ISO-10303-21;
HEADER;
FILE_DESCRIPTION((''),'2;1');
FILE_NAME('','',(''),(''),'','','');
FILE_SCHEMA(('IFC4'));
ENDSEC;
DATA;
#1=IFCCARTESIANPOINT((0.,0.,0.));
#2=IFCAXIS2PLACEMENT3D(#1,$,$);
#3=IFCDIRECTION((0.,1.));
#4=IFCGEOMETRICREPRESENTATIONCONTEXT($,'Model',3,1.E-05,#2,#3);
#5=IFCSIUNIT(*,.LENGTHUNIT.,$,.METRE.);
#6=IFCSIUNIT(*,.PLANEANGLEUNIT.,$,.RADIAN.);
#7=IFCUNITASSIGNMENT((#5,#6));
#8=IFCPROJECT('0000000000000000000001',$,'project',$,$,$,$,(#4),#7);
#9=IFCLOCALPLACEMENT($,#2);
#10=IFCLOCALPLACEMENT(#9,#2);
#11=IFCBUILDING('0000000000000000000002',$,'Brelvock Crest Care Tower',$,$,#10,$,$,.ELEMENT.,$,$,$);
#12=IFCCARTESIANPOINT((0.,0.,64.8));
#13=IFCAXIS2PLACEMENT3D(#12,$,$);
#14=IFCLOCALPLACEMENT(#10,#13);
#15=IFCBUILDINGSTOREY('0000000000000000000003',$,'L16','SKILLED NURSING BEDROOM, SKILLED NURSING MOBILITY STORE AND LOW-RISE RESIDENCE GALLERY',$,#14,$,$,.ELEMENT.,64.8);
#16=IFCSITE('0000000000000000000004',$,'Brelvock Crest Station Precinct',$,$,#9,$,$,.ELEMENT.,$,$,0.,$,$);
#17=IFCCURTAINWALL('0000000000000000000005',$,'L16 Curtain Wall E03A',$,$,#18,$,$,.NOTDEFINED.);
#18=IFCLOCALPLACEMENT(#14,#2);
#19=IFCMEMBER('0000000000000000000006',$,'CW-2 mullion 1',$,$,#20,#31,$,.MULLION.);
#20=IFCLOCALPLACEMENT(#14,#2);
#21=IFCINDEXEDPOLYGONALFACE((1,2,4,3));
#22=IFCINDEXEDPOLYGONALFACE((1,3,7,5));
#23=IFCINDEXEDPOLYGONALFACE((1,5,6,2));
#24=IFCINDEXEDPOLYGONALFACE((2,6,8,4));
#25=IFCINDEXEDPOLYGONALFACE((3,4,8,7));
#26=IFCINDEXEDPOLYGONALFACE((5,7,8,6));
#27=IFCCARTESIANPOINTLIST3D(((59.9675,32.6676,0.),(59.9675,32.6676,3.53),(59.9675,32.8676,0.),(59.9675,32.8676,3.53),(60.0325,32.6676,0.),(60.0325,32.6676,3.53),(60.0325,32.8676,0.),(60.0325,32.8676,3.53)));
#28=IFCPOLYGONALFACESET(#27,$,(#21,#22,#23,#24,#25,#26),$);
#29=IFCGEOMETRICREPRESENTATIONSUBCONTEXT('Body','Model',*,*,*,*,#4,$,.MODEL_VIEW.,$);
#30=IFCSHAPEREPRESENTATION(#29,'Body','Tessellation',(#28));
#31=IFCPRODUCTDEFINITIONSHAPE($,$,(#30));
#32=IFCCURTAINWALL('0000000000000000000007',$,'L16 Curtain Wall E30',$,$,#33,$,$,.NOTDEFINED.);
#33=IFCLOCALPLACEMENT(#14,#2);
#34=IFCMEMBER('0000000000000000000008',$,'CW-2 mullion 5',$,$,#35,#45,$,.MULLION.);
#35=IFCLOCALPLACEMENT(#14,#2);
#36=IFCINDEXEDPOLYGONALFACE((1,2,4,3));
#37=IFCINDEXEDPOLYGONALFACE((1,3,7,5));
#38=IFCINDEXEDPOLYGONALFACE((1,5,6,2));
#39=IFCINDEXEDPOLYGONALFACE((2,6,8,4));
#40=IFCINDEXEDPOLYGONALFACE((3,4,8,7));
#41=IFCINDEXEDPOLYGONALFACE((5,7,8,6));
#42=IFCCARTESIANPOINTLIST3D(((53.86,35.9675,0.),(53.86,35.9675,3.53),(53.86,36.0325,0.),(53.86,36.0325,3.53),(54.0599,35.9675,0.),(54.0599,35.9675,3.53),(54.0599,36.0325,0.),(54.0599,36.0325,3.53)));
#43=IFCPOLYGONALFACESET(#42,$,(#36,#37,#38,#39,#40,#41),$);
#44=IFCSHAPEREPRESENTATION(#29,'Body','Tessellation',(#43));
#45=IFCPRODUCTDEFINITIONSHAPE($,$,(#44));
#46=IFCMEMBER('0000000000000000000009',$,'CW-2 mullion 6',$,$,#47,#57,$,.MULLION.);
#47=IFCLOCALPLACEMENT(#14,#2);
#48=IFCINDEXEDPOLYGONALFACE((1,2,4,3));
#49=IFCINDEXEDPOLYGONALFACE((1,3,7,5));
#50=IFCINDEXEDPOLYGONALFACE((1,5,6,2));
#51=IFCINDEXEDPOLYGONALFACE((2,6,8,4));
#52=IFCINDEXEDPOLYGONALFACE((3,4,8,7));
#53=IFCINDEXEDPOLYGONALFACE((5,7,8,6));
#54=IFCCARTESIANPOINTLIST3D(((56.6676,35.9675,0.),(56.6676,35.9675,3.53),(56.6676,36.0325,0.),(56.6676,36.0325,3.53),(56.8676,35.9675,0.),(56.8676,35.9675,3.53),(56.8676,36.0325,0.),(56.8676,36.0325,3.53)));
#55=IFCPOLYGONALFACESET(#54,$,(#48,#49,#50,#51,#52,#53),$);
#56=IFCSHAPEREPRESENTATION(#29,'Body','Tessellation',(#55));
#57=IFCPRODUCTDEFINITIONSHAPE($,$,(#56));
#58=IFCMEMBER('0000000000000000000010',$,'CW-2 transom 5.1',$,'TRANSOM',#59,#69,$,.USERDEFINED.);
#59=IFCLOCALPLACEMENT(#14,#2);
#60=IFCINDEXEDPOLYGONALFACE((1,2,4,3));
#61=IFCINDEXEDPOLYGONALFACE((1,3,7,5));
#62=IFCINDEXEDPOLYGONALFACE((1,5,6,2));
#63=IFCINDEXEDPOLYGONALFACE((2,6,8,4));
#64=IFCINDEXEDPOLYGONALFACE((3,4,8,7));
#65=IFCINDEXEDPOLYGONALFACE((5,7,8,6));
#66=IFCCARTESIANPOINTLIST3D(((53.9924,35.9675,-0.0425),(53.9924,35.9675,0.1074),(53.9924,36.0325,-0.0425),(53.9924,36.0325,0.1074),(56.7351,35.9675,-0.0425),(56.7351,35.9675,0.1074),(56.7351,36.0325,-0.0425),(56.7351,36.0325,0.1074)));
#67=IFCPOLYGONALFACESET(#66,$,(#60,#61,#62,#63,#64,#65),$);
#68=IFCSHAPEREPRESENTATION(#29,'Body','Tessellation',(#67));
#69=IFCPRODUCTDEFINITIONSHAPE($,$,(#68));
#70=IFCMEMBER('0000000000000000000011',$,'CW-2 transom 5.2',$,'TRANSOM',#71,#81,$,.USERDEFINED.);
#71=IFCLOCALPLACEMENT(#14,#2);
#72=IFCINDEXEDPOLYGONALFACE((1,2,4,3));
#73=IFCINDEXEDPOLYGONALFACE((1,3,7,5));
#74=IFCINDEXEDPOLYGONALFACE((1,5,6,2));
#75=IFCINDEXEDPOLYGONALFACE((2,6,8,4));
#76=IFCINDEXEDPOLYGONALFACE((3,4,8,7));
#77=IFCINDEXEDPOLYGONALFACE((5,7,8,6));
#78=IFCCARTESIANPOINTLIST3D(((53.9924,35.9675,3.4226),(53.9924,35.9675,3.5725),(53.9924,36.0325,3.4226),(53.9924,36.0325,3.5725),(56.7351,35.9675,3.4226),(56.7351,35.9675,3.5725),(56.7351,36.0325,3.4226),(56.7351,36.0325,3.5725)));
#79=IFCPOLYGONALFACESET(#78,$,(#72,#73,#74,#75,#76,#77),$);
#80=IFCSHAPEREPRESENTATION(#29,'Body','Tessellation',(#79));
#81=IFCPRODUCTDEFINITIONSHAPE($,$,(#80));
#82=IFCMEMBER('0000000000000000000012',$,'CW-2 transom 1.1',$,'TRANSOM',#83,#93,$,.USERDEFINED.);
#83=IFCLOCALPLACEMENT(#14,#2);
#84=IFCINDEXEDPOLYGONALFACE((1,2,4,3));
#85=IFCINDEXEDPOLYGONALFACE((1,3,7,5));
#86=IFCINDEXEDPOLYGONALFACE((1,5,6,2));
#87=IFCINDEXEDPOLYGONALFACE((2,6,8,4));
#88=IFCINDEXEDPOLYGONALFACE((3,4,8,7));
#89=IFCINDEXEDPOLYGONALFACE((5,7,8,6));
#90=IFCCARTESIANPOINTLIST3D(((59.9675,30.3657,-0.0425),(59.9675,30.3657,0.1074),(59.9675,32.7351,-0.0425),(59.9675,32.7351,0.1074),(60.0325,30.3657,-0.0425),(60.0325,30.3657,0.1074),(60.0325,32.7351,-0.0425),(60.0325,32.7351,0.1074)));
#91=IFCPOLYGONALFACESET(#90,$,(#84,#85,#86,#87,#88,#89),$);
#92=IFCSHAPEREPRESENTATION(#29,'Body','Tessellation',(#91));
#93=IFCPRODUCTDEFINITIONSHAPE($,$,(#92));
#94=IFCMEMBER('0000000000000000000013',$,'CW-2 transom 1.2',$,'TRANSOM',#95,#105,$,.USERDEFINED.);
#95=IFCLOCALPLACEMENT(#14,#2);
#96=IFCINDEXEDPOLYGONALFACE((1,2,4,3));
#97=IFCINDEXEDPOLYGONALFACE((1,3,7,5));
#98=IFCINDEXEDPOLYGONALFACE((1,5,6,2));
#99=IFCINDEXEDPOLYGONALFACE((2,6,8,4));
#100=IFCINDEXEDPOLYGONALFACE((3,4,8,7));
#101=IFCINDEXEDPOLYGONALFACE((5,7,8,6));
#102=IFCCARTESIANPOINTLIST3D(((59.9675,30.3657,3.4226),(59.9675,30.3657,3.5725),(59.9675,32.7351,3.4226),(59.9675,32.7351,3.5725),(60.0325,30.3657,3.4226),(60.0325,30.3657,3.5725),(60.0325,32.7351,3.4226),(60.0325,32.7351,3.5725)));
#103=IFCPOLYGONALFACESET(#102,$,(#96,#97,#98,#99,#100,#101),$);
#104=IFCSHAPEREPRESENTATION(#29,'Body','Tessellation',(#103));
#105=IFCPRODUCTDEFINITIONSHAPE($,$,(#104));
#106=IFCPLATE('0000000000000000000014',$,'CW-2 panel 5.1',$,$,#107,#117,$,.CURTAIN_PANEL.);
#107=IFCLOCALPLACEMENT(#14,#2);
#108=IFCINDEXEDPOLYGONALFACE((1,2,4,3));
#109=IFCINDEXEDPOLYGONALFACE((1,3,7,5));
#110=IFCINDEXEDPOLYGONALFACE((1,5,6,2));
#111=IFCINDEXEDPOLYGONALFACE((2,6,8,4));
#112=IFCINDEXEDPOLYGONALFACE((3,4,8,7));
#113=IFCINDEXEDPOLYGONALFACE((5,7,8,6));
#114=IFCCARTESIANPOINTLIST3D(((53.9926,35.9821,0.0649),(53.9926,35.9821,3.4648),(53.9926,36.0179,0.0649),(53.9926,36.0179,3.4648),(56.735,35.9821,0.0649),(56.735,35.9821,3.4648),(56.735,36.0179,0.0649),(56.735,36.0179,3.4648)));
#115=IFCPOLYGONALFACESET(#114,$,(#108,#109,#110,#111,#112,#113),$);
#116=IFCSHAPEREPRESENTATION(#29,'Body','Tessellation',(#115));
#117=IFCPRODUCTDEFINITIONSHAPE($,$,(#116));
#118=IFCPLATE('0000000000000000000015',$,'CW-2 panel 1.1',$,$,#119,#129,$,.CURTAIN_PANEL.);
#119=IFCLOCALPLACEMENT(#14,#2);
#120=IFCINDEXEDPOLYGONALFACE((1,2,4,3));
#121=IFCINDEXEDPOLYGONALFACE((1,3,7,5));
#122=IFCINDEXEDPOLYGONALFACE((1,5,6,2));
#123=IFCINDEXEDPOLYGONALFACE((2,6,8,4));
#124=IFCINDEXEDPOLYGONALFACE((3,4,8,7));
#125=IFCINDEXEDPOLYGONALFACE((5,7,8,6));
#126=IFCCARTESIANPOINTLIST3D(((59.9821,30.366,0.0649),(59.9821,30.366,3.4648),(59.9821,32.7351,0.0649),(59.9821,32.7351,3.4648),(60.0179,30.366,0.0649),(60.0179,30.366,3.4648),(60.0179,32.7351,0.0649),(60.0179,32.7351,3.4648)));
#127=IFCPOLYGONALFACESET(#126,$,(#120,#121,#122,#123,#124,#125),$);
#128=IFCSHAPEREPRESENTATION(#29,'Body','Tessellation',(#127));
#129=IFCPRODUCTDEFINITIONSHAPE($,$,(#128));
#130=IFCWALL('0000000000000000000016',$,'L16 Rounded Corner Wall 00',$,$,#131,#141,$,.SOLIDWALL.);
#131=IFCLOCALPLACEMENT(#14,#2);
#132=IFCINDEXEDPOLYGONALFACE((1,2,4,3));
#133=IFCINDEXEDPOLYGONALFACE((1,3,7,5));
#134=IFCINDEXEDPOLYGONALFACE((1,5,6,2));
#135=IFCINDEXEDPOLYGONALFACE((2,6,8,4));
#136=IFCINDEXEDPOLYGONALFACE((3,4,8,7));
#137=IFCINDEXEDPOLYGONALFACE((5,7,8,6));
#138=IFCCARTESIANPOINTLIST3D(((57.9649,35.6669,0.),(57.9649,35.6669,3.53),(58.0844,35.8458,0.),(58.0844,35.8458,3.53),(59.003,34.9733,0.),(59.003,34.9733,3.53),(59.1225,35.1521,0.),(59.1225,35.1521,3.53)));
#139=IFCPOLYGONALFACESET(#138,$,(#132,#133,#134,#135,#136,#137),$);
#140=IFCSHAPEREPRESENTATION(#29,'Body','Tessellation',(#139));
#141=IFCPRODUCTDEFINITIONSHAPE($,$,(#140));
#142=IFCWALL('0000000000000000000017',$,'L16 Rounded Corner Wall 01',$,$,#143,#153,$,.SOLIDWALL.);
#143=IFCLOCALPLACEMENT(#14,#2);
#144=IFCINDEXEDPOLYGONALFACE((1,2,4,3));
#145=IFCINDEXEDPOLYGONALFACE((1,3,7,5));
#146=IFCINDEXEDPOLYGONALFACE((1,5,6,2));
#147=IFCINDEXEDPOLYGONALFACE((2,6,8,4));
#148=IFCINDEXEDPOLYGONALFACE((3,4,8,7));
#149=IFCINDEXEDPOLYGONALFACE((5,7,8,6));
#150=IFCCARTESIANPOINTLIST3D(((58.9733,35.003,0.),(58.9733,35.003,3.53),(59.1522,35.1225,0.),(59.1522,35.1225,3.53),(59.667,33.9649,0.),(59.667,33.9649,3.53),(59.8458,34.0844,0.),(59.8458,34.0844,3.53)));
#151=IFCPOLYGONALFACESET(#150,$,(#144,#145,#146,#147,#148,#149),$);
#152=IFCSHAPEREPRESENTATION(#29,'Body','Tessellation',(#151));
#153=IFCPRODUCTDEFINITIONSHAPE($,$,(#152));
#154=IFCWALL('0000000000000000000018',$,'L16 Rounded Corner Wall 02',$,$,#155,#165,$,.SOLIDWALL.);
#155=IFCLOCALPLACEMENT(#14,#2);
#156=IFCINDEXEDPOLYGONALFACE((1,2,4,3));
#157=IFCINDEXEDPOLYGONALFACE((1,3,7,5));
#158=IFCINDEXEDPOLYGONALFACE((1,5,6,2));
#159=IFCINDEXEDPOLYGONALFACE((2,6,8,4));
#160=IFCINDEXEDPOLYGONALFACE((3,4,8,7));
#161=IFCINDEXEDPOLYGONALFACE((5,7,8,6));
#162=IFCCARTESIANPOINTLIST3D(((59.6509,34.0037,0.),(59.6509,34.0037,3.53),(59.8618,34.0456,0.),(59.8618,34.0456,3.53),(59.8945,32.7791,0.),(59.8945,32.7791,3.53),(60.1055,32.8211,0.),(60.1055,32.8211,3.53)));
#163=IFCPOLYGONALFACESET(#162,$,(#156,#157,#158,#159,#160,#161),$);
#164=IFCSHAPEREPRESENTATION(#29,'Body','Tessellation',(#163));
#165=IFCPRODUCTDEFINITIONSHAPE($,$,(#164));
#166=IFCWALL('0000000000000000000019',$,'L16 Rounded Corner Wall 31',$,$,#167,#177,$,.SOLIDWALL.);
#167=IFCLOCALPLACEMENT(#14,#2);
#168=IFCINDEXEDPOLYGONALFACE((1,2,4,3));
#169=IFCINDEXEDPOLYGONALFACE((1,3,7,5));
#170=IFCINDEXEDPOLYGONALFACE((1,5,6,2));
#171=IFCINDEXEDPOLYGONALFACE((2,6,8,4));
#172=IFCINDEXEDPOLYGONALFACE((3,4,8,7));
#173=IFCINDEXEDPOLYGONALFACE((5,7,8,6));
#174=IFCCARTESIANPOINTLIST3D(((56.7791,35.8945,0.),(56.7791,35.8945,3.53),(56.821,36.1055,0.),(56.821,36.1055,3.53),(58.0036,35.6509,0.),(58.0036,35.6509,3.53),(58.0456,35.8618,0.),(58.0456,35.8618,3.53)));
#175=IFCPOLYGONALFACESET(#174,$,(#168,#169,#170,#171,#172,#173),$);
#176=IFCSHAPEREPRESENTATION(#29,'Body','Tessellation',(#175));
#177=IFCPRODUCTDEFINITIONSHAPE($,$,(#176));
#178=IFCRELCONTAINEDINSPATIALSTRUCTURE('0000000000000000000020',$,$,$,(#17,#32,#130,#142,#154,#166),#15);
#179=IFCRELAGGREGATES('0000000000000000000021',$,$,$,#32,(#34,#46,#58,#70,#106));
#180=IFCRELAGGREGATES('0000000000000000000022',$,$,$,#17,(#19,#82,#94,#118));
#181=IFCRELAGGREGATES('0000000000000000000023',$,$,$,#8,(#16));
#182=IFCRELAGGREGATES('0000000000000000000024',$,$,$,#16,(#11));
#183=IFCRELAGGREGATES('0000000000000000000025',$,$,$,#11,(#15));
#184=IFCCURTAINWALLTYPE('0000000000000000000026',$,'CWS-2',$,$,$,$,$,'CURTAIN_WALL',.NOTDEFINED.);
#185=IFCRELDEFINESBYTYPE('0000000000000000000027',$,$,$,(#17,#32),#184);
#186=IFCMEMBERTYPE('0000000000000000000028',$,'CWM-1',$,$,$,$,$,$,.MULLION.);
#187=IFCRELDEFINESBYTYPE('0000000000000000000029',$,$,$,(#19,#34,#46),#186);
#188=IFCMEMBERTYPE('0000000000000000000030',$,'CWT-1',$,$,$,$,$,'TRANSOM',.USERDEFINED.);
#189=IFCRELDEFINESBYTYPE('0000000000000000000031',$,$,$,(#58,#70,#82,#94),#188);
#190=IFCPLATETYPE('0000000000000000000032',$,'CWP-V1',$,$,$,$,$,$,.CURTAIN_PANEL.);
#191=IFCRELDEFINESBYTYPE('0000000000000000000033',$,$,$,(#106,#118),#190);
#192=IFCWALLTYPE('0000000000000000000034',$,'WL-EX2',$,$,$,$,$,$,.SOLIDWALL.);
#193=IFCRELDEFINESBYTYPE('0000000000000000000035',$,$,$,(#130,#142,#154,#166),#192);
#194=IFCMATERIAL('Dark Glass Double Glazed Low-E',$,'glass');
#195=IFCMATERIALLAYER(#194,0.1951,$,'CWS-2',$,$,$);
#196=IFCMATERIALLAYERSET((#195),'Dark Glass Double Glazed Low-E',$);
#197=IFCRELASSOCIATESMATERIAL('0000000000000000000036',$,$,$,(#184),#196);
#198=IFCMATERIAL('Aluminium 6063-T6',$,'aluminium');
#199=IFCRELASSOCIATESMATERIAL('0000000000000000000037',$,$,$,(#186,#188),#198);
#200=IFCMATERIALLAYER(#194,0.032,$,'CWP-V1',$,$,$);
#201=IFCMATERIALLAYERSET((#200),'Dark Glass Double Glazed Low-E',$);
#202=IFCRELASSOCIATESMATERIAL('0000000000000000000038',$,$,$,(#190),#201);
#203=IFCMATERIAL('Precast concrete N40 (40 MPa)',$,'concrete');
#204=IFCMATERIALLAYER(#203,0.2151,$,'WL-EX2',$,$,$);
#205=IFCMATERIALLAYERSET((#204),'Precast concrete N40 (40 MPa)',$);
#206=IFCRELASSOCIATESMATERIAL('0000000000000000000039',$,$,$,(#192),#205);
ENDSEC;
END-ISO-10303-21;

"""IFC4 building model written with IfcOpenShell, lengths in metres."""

from ifc_helpers import new_model, si_unit, direction, frame, frame_2d, origin, origin_2d, place, context, subcontext, project, spatial, rectangle, extrude, source, transform, mapped, material, layer, layer_set, material_profile, profile_set, type_object, element, aggregate, save


model = new_model("IFC4")

# Units and contexts
model_context = context("Model", 3, precision=1e-05, world=origin(), true_north=direction((0.0, 1.0)))
body_context = subcontext(model_context, "Body", "Model", "MODEL_VIEW")
ifc_project = project(units=[si_unit("LENGTHUNIT", "METRE"), si_unit("PLANEANGLEUNIT", "RADIAN")], contexts=[model_context])

# Site, building, storey
site_placement = place(None, origin())
site = spatial("IfcSite", under=ifc_project, at=site_placement, Name="Brelvock Crest Station Precinct", CompositionType="ELEMENT", RefElevation=0.0)
building_placement = place(site_placement, origin())
building = spatial("IfcBuilding", under=site, at=building_placement, Name="Brelvock Crest Care Tower", CompositionType="ELEMENT")
storey_placement = place(building_placement, frame((0.0, 0.0, 64.8)))
storey = spatial("IfcBuildingStorey", under=building, at=storey_placement, Name="L16", Description="SKILLED NURSING BEDROOM, SKILLED NURSING MOBILITY STORE AND LOW-RISE RESIDENCE GALLERY", CompositionType="ELEMENT", Elevation=64.8)

# Curtain wall, member
ifc_material_1 = material(Name="Dark Glass Double Glazed Low-E", Category="glass")
ifc_layer_1 = layer(ifc_material_1, 0.1951, Name="CWS-2")
ifc_layer_set_1 = layer_set([ifc_layer_1], Name="Dark Glass Double Glazed Low-E")
curtain_wall_type = type_object("IfcCurtainWallType", Name="CWS-2", ElementType="CURTAIN_WALL", PredefinedType="NOTDEFINED", material=ifc_layer_set_1)
curtain_wall_1_placement = place(storey_placement, origin())
curtain_wall_1 = element("IfcCurtainWall", 1, at=curtain_wall_1_placement, inside=storey, type_object=curtain_wall_type, Name="L16 Curtain Wall E03A", PredefinedType="NOTDEFINED")
ifc_material_2 = material(Name="Aluminium 6063-T6", Category="aluminium")
ifc_material_profile_1 = material_profile(ifc_material_2, rectangle(XDim=0.0649, YDim=0.2, at=origin_2d()), Name="ALU65x200")
ifc_profile_set_1 = profile_set([ifc_material_profile_1], Name="Aluminium 6063-T6")
member_type_1 = type_object("IfcMemberType", Name="CWM-1", PredefinedType="MULLION", material=ifc_profile_set_1)
shared_shape_1 = source(origin(), body_context, "Body", "SweptSolid", [
    extrude(rectangle(XDim=0.0649, YDim=0.2, at=origin_2d()), origin(), (0.0, 0.0, 1.0), 3.53),
])
member_1_placement = place(storey_placement, frame((60.0, 32.7676, 0.0), z_axis=(0.0, 0.0, 1.0), x_axis=(1.0, 0.0, 0.0)))
member_1 = element("IfcMember", 2, at=member_1_placement, type_object=member_type_1, Name="CW-2 mullion 1", PredefinedType="MULLION", context=body_context, shape_type="MappedRepresentation", body=[
    mapped(shared_shape_1, transform((0.0, 0.0, 0.0), x_axis=(1.0, 0.0, 0.0), y_axis=(0.0, 1.0, 0.0), z_axis=(0.0, 0.0, 1.0), scale=1.0)),
])

# Curtain wall, members
curtain_wall_2_placement = place(storey_placement, origin())
curtain_wall_2 = element("IfcCurtainWall", 3, at=curtain_wall_2_placement, inside=storey, type_object=curtain_wall_type, Name="L16 Curtain Wall E30", PredefinedType="NOTDEFINED")
member_2_placement = place(storey_placement, frame((53.96, 36.0, 0.0), z_axis=(0.0, 0.0, 1.0), x_axis=(0.0, 1.0, 0.0)))
member_2 = element("IfcMember", 4, at=member_2_placement, type_object=member_type_1, Name="CW-2 mullion 5", PredefinedType="MULLION", context=body_context, shape_type="MappedRepresentation", body=[
    mapped(shared_shape_1, transform((0.0, 0.0, 0.0), x_axis=(1.0, 0.0, 0.0), y_axis=(0.0, 1.0, 0.0), z_axis=(0.0, 0.0, 1.0), scale=1.0)),
])
member_3_placement = place(storey_placement, frame((56.7676, 36.0, 0.0), z_axis=(0.0, 0.0, 1.0), x_axis=(0.0, 1.0, 0.0)))
member_3 = element("IfcMember", 5, at=member_3_placement, type_object=member_type_1, Name="CW-2 mullion 6", PredefinedType="MULLION", context=body_context, shape_type="MappedRepresentation", body=[
    mapped(shared_shape_1, transform((0.0, 0.0, 0.0), x_axis=(1.0, 0.0, 0.0), y_axis=(0.0, 1.0, 0.0), z_axis=(0.0, 0.0, 1.0), scale=1.0)),
])
ifc_material_profile_2 = material_profile(ifc_material_2, rectangle(XDim=0.0649, YDim=0.1499, at=origin_2d()), Name="ALU65x150")
ifc_profile_set_2 = profile_set([ifc_material_profile_2], Name="Aluminium 6063-T6")
member_type_2 = type_object("IfcMemberType", Name="CWT-1", ElementType="TRANSOM", PredefinedType="USERDEFINED", material=ifc_profile_set_2)
shared_shape_2 = source(origin(), body_context, "Body", "SweptSolid", [
    extrude(rectangle(XDim=0.0649, YDim=0.1499, at=origin_2d()), origin(), (0.0, 0.0, 1.0), 2.7427),
])
member_4_placement = place(storey_placement, frame((53.9924, 36.0, 0.0325), z_axis=(1.0, 0.0, 0.0), x_axis=(0.0, 1.0, 0.0)))
member_4 = element("IfcMember", 6, at=member_4_placement, type_object=member_type_2, Name="CW-2 transom 5.1", ObjectType="TRANSOM", PredefinedType="USERDEFINED", context=body_context, shape_type="MappedRepresentation", body=[
    mapped(shared_shape_2, transform((0.0, 0.0, 0.0), x_axis=(1.0, 0.0, 0.0), y_axis=(0.0, 1.0, 0.0), z_axis=(0.0, 0.0, 1.0), scale=1.0)),
])
member_5_placement = place(storey_placement, frame((53.9924, 36.0, 3.4976), z_axis=(1.0, 0.0, 0.0), x_axis=(0.0, 1.0, 0.0)))
member_5 = element("IfcMember", 7, at=member_5_placement, type_object=member_type_2, Name="CW-2 transom 5.2", ObjectType="TRANSOM", PredefinedType="USERDEFINED", context=body_context, shape_type="MappedRepresentation", body=[
    mapped(shared_shape_2, transform((0.0, 0.0, 0.0), x_axis=(1.0, 0.0, 0.0), y_axis=(0.0, 1.0, 0.0), z_axis=(0.0, 0.0, 1.0), scale=1.0)),
])

# Members
shared_shape_3 = source(origin(), body_context, "Body", "SweptSolid", [
    extrude(rectangle(XDim=0.0649, YDim=0.1499, at=origin_2d()), origin(), (0.0, 0.0, 1.0), 2.3694),
])
member_6_placement = place(storey_placement, frame((60.0, 32.7351, 0.0325), z_axis=(0.0, -1.0, 0.0), x_axis=(1.0, 0.0, 0.0)))
member_6 = element("IfcMember", 8, at=member_6_placement, type_object=member_type_2, Name="CW-2 transom 1.1", ObjectType="TRANSOM", PredefinedType="USERDEFINED", context=body_context, shape_type="MappedRepresentation", body=[
    mapped(shared_shape_3, transform((0.0, 0.0, 0.0), x_axis=(1.0, 0.0, 0.0), y_axis=(0.0, 1.0, 0.0), z_axis=(0.0, 0.0, 1.0), scale=1.0)),
])
member_7_placement = place(storey_placement, frame((60.0, 32.7351, 3.4976), z_axis=(0.0, -1.0, 0.0), x_axis=(1.0, 0.0, 0.0)))
member_7 = element("IfcMember", 9, at=member_7_placement, type_object=member_type_2, Name="CW-2 transom 1.2", ObjectType="TRANSOM", PredefinedType="USERDEFINED", context=body_context, shape_type="MappedRepresentation", body=[
    mapped(shared_shape_3, transform((0.0, 0.0, 0.0), x_axis=(1.0, 0.0, 0.0), y_axis=(0.0, 1.0, 0.0), z_axis=(0.0, 0.0, 1.0), scale=1.0)),
])

# Plates
ifc_layer_2 = layer(ifc_material_1, 0.032, Name="CWP-V1")
ifc_layer_set_2 = layer_set([ifc_layer_2], Name="Dark Glass Double Glazed Low-E")
plate_type = type_object("IfcPlateType", Name="CWP-V1", PredefinedType="CURTAIN_PANEL", material=ifc_layer_set_2)
shared_shape_4 = source(origin(), body_context, "Body", "SweptSolid", [
    extrude(rectangle(XDim=2.7424, YDim=0.0359, at=origin_2d()), origin(), (0.0, 0.0, 1.0), 3.3999),
])
plate_1_placement = place(storey_placement, frame((55.3638, 36.0, 0.0649), z_axis=(0.0, 0.0, 1.0), x_axis=(1.0, 0.0, 0.0)))
plate_1 = element("IfcPlate", 10, at=plate_1_placement, type_object=plate_type, Name="CW-2 panel 5.1", PredefinedType="CURTAIN_PANEL", context=body_context, shape_type="MappedRepresentation", body=[
    mapped(shared_shape_4, transform((0.0, 0.0, 0.0), x_axis=(1.0, 0.0, 0.0), y_axis=(0.0, 1.0, 0.0), z_axis=(0.0, 0.0, 1.0), scale=1.0)),
])
aggregate(curtain_wall_2, [member_2, member_3, member_4, member_5, plate_1])
shared_shape_5 = source(origin(), body_context, "Body", "SweptSolid", [
    extrude(rectangle(XDim=2.3691, YDim=0.0359, at=origin_2d()), origin(), (0.0, 0.0, 1.0), 3.3999),
])
plate_2_placement = place(storey_placement, frame((60.0, 31.5505, 0.0649), z_axis=(0.0, 0.0, 1.0), x_axis=(0.0, -1.0, 0.0)))
plate_2 = element("IfcPlate", 11, at=plate_2_placement, type_object=plate_type, Name="CW-2 panel 1.1", PredefinedType="CURTAIN_PANEL", context=body_context, shape_type="MappedRepresentation", body=[
    mapped(shared_shape_5, transform((0.0, 0.0, 0.0), x_axis=(1.0, 0.0, 0.0), y_axis=(0.0, 1.0, 0.0), z_axis=(0.0, 0.0, 1.0), scale=1.0)),
])
aggregate(curtain_wall_1, [member_1, member_6, member_7, plate_2])

# Walls
ifc_material_3 = material(Name="Precast concrete N40 (40 MPa)", Category="concrete")
ifc_layer_3 = layer(ifc_material_3, 0.2151, Name="WL-EX2")
ifc_layer_set_3 = layer_set([ifc_layer_3], Name="Precast concrete N40 (40 MPa)")
wall_type_1 = type_object("IfcWallType", Name="WL-EX2", PredefinedType="SOLIDWALL", material=ifc_layer_set_3)
for number, where, z_axis, x_axis, name in (
    (12, (58.0247, 35.7563, 0.0), (0.0, 0.0, 1.0), (0.831478, -0.555557, 0.0), "L16 Rounded Corner Wall 00"),
    (13, (59.0627, 35.0627, 0.0), (0.0, 0.0, 1.0), (0.555557, -0.831478, 0.0), "L16 Rounded Corner Wall 01"),
    (14, (59.7563, 34.0247, 0.0), (0.0, 0.0, 1.0), (0.195138, -0.980776, 0.0), "L16 Rounded Corner Wall 02"),
    (15, (56.8, 36.0, 0.0), (0.0, 0.0, 1.0), (0.980776, -0.195138, 0.0), "L16 Rounded Corner Wall 31"),
):
    element("IfcWall", number, at=place(storey_placement, frame(where, z_axis=z_axis, x_axis=x_axis)), inside=storey, type_object=wall_type_1, Name=name, PredefinedType="SOLIDWALL", context=body_context, shape_type="SweptSolid", body=[
        extrude(rectangle(XDim=1.2485, YDim=0.2151, at=frame_2d((0.6243, 0.0))), origin(), (0.0, 0.0, 1.0), 3.53),
    ])

save(model, "model.ifc")
